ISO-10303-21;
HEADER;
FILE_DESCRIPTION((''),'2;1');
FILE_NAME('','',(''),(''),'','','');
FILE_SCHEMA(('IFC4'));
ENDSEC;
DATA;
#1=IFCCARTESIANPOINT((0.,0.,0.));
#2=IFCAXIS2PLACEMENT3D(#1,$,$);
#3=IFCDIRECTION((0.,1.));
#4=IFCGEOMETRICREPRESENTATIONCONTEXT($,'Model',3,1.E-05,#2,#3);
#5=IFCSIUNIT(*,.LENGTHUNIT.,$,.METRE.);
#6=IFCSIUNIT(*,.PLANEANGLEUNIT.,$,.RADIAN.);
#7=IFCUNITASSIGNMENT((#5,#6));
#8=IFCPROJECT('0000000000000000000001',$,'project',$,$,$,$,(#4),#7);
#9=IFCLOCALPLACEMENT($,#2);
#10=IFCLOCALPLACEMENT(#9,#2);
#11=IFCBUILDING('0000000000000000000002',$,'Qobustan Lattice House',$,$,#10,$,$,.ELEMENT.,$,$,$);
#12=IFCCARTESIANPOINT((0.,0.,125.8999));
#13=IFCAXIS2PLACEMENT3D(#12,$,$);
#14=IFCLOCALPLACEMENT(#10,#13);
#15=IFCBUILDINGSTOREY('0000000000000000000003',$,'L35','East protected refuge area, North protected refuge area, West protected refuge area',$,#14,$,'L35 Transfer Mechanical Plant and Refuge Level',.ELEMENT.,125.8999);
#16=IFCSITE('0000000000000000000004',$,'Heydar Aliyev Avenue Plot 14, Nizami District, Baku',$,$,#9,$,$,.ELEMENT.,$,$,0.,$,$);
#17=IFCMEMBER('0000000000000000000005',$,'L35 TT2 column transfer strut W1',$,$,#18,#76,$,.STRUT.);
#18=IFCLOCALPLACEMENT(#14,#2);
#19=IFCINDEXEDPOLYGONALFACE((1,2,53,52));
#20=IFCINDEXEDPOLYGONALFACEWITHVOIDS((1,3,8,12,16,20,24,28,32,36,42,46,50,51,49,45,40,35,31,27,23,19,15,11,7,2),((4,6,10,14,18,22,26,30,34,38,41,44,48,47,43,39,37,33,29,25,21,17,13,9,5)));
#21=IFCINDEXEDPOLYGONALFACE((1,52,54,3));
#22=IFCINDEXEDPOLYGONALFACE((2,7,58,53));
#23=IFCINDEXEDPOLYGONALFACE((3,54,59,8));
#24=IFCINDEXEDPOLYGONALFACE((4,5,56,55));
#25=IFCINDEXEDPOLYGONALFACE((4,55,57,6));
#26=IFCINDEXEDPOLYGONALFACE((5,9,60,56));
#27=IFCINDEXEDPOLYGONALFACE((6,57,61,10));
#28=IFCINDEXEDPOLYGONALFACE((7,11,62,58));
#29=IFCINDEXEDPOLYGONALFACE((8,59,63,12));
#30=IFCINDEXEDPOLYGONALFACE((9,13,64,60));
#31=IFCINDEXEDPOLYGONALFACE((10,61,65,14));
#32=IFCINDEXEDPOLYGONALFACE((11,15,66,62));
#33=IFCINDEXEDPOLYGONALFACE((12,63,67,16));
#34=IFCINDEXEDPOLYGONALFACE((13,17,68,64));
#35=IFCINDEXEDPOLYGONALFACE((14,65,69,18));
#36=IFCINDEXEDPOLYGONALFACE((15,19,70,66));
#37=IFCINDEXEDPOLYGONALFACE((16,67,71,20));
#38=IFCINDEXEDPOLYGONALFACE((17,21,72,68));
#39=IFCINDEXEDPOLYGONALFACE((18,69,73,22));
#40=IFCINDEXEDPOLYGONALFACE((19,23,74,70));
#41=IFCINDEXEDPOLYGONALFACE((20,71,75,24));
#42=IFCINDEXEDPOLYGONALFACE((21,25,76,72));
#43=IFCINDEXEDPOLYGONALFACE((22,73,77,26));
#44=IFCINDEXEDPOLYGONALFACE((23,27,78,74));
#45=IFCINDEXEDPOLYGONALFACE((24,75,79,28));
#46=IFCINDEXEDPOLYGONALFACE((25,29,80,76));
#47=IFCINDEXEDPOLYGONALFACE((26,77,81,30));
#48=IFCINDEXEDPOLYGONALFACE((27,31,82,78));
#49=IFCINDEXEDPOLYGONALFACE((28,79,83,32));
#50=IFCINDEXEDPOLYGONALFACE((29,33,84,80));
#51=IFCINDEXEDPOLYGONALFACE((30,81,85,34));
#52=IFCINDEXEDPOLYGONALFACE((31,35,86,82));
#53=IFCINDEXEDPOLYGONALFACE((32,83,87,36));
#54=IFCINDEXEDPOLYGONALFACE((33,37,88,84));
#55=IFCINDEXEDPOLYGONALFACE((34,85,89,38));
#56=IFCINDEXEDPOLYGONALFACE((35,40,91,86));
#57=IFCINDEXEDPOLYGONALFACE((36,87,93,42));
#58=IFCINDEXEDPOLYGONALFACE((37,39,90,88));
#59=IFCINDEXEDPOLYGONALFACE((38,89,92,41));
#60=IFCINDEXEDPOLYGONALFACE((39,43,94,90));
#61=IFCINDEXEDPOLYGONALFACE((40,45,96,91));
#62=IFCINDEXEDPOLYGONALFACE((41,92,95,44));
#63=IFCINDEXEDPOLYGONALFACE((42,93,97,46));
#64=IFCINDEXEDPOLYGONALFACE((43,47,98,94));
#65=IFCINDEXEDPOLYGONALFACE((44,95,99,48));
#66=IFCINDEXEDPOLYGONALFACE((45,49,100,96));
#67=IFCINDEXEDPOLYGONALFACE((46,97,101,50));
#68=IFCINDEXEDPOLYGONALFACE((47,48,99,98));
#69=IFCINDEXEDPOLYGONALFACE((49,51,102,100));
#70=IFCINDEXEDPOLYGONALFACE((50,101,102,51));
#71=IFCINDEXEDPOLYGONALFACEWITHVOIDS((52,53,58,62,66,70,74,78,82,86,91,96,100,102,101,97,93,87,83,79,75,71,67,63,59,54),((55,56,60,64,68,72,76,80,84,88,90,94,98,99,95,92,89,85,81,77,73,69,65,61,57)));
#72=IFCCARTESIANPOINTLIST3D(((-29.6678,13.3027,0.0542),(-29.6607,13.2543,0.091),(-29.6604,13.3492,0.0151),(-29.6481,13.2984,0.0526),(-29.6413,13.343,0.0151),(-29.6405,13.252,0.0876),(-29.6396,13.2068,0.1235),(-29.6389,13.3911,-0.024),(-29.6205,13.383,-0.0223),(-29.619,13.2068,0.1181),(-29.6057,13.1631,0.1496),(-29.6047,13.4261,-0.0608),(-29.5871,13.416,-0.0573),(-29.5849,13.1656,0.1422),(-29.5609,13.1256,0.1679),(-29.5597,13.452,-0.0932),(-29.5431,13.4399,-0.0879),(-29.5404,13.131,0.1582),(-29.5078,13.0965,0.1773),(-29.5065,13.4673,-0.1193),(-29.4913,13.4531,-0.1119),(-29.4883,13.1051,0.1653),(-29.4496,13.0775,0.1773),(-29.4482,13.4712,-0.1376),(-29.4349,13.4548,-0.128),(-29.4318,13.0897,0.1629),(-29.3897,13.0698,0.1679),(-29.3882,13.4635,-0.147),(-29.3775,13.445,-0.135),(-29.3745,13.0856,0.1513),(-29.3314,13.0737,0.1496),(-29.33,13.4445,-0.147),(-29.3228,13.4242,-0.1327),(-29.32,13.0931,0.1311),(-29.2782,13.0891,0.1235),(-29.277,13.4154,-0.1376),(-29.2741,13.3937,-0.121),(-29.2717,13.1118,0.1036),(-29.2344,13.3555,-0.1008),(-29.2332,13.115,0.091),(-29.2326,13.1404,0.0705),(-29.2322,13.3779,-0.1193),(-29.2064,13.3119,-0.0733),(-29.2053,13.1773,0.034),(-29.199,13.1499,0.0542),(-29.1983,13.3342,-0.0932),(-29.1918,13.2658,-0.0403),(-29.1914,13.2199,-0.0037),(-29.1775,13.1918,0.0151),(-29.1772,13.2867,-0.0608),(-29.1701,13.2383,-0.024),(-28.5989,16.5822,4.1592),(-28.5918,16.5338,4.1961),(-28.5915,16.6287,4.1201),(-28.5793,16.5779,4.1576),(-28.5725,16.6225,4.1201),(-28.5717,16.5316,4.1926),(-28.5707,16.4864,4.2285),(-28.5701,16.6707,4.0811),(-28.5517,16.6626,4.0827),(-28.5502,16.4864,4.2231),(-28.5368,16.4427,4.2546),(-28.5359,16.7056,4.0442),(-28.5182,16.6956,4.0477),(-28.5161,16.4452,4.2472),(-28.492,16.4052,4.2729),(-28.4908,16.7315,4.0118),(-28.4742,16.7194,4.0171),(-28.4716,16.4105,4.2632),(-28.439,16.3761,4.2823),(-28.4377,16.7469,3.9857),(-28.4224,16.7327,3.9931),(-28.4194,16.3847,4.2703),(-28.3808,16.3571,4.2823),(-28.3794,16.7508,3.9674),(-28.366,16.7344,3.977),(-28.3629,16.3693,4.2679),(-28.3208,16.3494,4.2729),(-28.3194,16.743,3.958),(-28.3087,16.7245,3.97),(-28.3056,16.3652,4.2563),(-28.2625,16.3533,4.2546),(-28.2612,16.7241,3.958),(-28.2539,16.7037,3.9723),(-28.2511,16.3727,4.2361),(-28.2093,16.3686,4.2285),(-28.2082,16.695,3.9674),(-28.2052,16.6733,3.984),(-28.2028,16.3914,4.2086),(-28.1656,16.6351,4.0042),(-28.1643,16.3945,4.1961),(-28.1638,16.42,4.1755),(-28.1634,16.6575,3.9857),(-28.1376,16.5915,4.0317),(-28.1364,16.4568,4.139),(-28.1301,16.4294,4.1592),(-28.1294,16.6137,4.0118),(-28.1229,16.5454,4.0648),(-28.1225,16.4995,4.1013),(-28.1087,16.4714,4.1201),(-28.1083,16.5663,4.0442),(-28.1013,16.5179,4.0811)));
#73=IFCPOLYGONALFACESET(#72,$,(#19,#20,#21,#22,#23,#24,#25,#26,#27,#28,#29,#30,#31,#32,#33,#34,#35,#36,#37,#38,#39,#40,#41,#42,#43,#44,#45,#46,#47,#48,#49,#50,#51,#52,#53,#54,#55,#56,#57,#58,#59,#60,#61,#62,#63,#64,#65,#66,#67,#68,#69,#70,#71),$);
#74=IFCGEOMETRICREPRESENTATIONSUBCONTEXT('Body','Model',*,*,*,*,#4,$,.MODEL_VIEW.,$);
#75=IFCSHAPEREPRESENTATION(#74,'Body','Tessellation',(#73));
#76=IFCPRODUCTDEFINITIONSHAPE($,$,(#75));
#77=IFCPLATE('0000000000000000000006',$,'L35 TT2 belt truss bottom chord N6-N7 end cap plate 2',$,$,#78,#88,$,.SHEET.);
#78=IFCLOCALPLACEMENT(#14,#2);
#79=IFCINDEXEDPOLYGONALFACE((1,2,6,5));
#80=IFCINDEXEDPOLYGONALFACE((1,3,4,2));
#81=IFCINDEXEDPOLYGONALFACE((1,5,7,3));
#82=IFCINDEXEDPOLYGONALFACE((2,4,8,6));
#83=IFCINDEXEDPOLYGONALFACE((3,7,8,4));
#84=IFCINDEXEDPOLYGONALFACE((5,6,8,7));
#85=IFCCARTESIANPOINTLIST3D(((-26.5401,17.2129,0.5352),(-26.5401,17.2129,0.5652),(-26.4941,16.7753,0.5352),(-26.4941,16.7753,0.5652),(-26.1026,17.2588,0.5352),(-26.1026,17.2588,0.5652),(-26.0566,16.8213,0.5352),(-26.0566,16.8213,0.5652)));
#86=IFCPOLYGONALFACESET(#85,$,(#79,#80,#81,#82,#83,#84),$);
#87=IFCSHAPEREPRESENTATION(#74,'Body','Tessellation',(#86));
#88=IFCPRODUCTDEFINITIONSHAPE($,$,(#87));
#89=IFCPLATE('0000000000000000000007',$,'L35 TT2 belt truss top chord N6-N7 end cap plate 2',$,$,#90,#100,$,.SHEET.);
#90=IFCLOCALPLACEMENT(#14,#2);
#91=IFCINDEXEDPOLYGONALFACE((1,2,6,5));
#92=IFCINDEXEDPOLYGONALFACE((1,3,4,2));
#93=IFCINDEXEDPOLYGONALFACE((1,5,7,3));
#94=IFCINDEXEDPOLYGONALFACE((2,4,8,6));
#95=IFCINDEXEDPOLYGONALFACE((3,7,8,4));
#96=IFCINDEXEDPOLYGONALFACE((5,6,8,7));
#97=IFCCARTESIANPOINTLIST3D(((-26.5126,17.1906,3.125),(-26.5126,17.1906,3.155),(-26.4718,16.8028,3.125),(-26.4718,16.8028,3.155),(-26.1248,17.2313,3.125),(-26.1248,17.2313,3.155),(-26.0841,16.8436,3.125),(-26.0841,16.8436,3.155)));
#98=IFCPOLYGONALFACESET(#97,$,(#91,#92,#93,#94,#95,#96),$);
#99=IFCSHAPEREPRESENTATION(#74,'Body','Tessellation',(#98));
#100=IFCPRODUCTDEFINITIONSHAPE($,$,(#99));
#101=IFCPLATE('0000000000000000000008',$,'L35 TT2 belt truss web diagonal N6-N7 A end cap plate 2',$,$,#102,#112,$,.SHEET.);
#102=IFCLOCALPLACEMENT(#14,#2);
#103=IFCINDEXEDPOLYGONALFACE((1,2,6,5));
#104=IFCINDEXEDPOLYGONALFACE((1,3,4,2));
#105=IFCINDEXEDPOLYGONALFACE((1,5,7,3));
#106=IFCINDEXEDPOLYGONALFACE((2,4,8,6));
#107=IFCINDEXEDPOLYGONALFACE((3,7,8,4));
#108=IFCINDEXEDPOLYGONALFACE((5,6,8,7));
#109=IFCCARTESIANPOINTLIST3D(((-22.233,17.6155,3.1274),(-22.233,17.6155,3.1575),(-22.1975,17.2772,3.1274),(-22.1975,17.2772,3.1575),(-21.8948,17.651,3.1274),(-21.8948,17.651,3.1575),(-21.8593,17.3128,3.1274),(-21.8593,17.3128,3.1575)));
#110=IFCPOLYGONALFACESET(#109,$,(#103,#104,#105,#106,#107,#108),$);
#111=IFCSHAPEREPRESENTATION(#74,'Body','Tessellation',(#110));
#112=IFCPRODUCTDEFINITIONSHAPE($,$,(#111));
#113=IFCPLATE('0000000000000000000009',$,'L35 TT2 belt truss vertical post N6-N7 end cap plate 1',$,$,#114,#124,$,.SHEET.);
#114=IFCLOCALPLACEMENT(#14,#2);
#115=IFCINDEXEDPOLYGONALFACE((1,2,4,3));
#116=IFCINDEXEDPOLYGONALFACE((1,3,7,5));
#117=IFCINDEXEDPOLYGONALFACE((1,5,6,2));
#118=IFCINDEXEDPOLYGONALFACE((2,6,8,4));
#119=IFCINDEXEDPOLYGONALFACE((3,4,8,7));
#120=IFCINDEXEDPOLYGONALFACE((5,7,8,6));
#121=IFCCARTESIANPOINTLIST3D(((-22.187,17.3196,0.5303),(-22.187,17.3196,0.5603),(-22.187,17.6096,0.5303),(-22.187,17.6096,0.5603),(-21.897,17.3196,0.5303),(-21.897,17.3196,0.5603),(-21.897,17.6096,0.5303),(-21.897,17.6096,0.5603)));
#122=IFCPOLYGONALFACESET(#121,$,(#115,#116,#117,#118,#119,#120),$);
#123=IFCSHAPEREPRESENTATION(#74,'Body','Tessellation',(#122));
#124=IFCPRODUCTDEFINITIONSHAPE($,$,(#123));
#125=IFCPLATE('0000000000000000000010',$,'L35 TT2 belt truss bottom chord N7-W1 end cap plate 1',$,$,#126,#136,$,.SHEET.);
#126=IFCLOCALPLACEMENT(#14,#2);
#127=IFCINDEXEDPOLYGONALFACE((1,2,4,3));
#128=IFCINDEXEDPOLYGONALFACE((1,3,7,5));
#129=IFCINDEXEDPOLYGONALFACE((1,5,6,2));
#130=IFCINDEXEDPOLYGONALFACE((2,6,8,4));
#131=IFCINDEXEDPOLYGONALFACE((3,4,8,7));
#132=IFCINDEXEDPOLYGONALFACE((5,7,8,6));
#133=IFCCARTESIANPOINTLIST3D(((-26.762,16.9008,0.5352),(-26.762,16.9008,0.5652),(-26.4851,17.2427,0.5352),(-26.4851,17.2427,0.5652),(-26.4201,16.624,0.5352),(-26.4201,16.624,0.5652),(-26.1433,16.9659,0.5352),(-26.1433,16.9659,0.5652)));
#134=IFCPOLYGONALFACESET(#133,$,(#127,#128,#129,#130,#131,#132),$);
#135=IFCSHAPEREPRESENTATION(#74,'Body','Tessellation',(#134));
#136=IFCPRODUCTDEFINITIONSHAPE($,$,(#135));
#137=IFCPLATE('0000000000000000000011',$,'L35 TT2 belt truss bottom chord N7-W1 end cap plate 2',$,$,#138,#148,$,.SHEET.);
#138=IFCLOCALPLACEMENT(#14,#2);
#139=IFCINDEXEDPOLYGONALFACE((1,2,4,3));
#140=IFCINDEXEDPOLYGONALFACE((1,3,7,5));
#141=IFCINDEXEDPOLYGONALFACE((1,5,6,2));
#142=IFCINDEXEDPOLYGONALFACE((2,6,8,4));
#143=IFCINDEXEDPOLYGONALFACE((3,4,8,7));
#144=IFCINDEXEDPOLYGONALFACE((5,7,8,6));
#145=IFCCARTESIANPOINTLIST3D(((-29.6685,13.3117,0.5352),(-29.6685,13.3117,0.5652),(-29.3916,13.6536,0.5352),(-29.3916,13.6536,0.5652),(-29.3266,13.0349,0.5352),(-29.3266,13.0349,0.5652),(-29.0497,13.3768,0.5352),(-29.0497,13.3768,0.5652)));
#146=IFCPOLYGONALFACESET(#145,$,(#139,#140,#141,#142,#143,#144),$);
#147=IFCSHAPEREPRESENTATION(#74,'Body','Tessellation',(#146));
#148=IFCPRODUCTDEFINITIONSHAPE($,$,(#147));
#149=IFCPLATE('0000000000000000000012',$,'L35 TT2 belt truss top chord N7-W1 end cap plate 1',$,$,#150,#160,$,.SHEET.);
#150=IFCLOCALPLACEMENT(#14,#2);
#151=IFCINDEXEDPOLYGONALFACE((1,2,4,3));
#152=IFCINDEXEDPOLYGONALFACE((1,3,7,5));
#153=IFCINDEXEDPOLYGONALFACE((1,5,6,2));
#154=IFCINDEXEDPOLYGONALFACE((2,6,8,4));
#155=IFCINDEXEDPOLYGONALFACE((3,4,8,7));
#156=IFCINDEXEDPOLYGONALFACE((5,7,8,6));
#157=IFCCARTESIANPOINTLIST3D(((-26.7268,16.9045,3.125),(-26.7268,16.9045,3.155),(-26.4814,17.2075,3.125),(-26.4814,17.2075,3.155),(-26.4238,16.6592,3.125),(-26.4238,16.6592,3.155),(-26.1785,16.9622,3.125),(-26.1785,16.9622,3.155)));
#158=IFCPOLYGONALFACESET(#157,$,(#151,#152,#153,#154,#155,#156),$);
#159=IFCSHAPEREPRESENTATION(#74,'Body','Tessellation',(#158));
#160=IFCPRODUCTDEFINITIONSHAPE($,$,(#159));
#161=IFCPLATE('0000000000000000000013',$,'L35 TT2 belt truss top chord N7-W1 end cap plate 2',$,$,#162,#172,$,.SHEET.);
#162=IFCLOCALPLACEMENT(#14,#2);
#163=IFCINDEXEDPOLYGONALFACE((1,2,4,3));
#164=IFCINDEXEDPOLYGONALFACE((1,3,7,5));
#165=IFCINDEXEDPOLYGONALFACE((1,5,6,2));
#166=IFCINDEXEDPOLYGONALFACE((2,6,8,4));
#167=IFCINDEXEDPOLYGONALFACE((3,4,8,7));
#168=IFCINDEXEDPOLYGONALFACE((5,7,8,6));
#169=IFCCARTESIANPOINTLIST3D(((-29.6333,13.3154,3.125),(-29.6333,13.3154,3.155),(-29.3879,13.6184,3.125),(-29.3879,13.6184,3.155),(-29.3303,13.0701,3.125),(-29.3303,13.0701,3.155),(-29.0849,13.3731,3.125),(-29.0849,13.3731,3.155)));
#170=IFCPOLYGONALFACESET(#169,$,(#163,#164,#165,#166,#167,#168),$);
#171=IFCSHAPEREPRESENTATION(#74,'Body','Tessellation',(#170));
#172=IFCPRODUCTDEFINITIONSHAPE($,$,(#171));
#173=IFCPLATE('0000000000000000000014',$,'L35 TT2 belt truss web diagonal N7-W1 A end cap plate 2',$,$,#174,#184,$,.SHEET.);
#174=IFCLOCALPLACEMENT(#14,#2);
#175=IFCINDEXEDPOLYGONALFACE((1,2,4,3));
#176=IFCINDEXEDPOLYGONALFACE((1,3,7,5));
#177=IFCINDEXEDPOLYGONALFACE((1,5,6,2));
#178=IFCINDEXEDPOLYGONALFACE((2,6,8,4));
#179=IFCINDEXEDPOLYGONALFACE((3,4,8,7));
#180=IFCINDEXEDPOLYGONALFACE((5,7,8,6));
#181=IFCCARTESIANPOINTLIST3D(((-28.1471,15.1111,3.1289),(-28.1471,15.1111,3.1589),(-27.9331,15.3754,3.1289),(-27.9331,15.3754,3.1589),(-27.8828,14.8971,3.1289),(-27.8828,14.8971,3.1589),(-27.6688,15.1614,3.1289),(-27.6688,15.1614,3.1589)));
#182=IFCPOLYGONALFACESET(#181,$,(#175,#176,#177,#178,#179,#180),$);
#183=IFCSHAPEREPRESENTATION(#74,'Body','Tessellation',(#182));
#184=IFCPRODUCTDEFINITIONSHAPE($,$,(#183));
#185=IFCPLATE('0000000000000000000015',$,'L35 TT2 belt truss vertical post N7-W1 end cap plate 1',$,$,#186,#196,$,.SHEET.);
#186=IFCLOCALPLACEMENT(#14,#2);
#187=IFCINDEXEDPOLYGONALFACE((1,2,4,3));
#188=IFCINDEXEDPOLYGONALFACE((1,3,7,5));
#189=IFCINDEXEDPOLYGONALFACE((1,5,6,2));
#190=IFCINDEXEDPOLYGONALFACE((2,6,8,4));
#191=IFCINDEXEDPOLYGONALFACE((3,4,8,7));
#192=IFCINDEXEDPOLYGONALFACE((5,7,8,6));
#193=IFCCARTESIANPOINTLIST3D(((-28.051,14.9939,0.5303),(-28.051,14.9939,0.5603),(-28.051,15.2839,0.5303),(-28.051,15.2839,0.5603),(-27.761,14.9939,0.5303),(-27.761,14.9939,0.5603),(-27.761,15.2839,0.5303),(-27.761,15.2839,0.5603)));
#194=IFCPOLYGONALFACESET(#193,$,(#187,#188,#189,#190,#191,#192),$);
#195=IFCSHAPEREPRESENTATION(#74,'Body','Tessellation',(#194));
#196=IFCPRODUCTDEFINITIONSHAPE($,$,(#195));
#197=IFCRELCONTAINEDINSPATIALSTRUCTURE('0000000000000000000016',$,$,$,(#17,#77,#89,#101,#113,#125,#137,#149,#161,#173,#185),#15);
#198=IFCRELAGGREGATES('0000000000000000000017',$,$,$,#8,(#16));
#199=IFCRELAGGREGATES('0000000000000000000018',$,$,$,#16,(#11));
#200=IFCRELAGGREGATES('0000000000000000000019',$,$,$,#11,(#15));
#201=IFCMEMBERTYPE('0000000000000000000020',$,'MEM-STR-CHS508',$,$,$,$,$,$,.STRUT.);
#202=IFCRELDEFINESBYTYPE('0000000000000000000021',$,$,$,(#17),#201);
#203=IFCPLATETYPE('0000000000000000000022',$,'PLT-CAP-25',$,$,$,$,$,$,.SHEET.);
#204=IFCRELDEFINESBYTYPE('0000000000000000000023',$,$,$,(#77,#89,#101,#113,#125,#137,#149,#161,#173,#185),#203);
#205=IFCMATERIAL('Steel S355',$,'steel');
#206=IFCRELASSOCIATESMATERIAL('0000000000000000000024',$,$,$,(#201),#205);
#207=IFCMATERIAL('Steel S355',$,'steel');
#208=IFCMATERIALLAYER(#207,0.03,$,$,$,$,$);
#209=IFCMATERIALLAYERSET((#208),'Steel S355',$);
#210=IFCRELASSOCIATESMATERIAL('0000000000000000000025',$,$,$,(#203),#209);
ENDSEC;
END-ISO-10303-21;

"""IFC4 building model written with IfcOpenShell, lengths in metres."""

from ifc_helpers import new_model, si_unit, direction, frame, origin, origin_2d, place, context, subcontext, project, spatial, rectangle, hollow_circle, extrude, material, layer, layer_set, material_profile, profile_set, type_object, element, save


model = new_model("IFC4")

# Units and contexts
model_context = context("Model", 3, precision=1e-05, world=origin(), true_north=direction((0.0, 1.0)))
body_context = subcontext(model_context, "Body", "Model", "MODEL_VIEW")
ifc_project = project(units=[si_unit("LENGTHUNIT", "METRE"), si_unit("PLANEANGLEUNIT", "RADIAN")], contexts=[model_context])

# Site, building, storey
site_placement = place(None, origin())
site = spatial("IfcSite", under=ifc_project, at=site_placement, Name="Heydar Aliyev Avenue Plot 14, Nizami District, Baku", CompositionType="ELEMENT", RefElevation=0.0)
building_placement = place(site_placement, origin())
building = spatial("IfcBuilding", under=site, at=building_placement, Name="Qobustan Lattice House", CompositionType="ELEMENT")
storey_placement = place(building_placement, frame((0.0, 0.0, 125.8999)))
storey = spatial("IfcBuildingStorey", under=building, at=storey_placement, Name="L35", Description="East protected refuge area, North protected refuge area, West protected refuge area", LongName="L35 Transfer Mechanical Plant and Refuge Level", CompositionType="ELEMENT", Elevation=125.8999)

# Member
ifc_material_1 = material(Name="Steel S355", Category="steel")
ifc_material_profile_1 = material_profile(ifc_material_1, hollow_circle(Radius=0.2539, WallThickness=0.02, at=origin_2d()), Name="CHS508x20")
ifc_profile_set_1 = profile_set([ifc_material_profile_1], Name="Steel S355")
member_type_1 = type_object("IfcMemberType", Name="MEM-STR-CHS508", PredefinedType="STRUT", material=ifc_profile_set_1)
member_1_placement = place(storey_placement, frame((-29.4189, 13.2705, 0.0151), z_axis=(0.199346, 0.611651, 0.7656), x_axis=(-0.950778, 0.309872, 0.0)))
element("IfcMember", 1, at=member_1_placement, inside=storey, type_object=member_type_1, Name="L35 TT2 column transfer strut W1", PredefinedType="STRUT", context=body_context, shape_type="SweptSolid", body=[
    extrude(hollow_circle(Radius=0.2539, WallThickness=0.02, at=origin_2d()), origin(), (0.0, 0.0, 1.0), 5.3618),
])

# Plates
ifc_material_2 = material(Name="Steel S355", Category="steel")
ifc_layer_1 = layer(ifc_material_2, 0.03)
ifc_layer_set_1 = layer_set([ifc_layer_1], Name="Steel S355")
plate_type = type_object("IfcPlateType", Name="PLT-CAP-25", PredefinedType="SHEET", material=ifc_layer_set_1)
plate_1_placement = place(storey_placement, frame((-26.2983, 17.0171, 0.5352), z_axis=(0.0, 0.0, 1.0), x_axis=(-0.994522, -0.104528, 0.0)))
element("IfcPlate", 2, at=plate_1_placement, inside=storey, type_object=plate_type, Name="L35 TT2 belt truss bottom chord N6-N7 end cap plate 2", PredefinedType="SHEET", context=body_context, shape_type="SweptSolid", body=[
    extrude(rectangle(XDim=0.4399, YDim=0.4399, at=origin_2d()), origin(), (0.0, 0.0, 1.0), 0.03),
])
plate_2_placement = place(storey_placement, frame((-26.2983, 17.0171, 3.125), z_axis=(0.0, 0.0, 1.0), x_axis=(-0.994522, -0.104528, 0.0)))
element("IfcPlate", 3, at=plate_2_placement, inside=storey, type_object=plate_type, Name="L35 TT2 belt truss top chord N6-N7 end cap plate 2", PredefinedType="SHEET", context=body_context, shape_type="SweptSolid", body=[
    extrude(rectangle(XDim=0.3899, YDim=0.3899, at=origin_2d()), origin(), (0.0, 0.0, 1.0), 0.03),
])
plate_3_placement = place(storey_placement, frame((-22.0461, 17.4641, 3.1274), z_axis=(0.0, 0.0, 1.0), x_axis=(-0.994524, -0.104511, 0.0)))
element("IfcPlate", 4, at=plate_3_placement, inside=storey, type_object=plate_type, Name="L35 TT2 belt truss web diagonal N6-N7 A end cap plate 2", PredefinedType="SHEET", context=body_context, shape_type="SweptSolid", body=[
    extrude(rectangle(XDim=0.3401, YDim=0.3401, at=origin_2d()), origin(), (0.0, 0.0, 1.0), 0.03),
])
plate_4_placement = place(storey_placement, frame((-22.042, 17.4646, 0.5303), z_axis=(0.0, 0.0, 1.0), x_axis=(1.0, 0.0, 0.0)))
element("IfcPlate", 5, at=plate_4_placement, inside=storey, type_object=plate_type, Name="L35 TT2 belt truss vertical post N6-N7 end cap plate 1", PredefinedType="SHEET", context=body_context, shape_type="SweptSolid", body=[
    extrude(rectangle(XDim=0.29, YDim=0.29, at=origin_2d()), origin(), (0.0, 0.0, 1.0), 0.03),
])
for number, where, z_axis, x_axis, name in (
    (6, (-26.4526, 16.9333, 0.5352), (0.0, 0.0, 1.0), (-0.629334, -0.777135, 0.0), "L35 TT2 belt truss bottom chord N7-W1 end cap plate 1"),
    (7, (-29.3591, 13.3442, 0.5352), (0.0, 0.0, 1.0), (-0.629334, -0.777135, 0.0), "L35 TT2 belt truss bottom chord N7-W1 end cap plate 2"),
):
    element("IfcPlate", number, at=place(storey_placement, frame(where, z_axis=z_axis, x_axis=x_axis)), inside=storey, type_object=plate_type, Name=name, PredefinedType="SHEET", context=body_context, shape_type="SweptSolid", body=[
        extrude(rectangle(XDim=0.4399, YDim=0.4399, at=origin_2d()), origin(), (0.0, 0.0, 1.0), 0.03),
    ])
for number, where, z_axis, x_axis, name in (
    (8, (-26.4526, 16.9333, 3.125), (0.0, 0.0, 1.0), (-0.629334, -0.777135, 0.0), "L35 TT2 belt truss top chord N7-W1 end cap plate 1"),
    (9, (-29.3591, 13.3442, 3.125), (0.0, 0.0, 1.0), (-0.629334, -0.777135, 0.0), "L35 TT2 belt truss top chord N7-W1 end cap plate 2"),
):
    element("IfcPlate", number, at=place(storey_placement, frame(where, z_axis=z_axis, x_axis=x_axis)), inside=storey, type_object=plate_type, Name=name, PredefinedType="SHEET", context=body_context, shape_type="SweptSolid", body=[
        extrude(rectangle(XDim=0.3899, YDim=0.3899, at=origin_2d()), origin(), (0.0, 0.0, 1.0), 0.03),
    ])
plate_5_placement = place(storey_placement, frame((-27.908, 15.1362, 3.1289), z_axis=(0.0, 0.0, 1.0), x_axis=(-0.629348, -0.777124, 0.0)))
element("IfcPlate", 10, at=plate_5_placement, inside=storey, type_object=plate_type, Name="L35 TT2 belt truss web diagonal N7-W1 A end cap plate 2", PredefinedType="SHEET", context=body_context, shape_type="SweptSolid", body=[
    extrude(rectangle(XDim=0.3401, YDim=0.3401, at=origin_2d()), origin(), (0.0, 0.0, 1.0), 0.03),
])
plate_6_placement = place(storey_placement, frame((-27.906, 15.1389, 0.5303), z_axis=(0.0, 0.0, 1.0), x_axis=(1.0, 0.0, 0.0)))
element("IfcPlate", 11, at=plate_6_placement, inside=storey, type_object=plate_type, Name="L35 TT2 belt truss vertical post N7-W1 end cap plate 1", PredefinedType="SHEET", context=body_context, shape_type="SweptSolid", body=[
    extrude(rectangle(XDim=0.29, YDim=0.29, at=origin_2d()), origin(), (0.0, 0.0, 1.0), 0.03),
])

save(model, "model.ifc")
